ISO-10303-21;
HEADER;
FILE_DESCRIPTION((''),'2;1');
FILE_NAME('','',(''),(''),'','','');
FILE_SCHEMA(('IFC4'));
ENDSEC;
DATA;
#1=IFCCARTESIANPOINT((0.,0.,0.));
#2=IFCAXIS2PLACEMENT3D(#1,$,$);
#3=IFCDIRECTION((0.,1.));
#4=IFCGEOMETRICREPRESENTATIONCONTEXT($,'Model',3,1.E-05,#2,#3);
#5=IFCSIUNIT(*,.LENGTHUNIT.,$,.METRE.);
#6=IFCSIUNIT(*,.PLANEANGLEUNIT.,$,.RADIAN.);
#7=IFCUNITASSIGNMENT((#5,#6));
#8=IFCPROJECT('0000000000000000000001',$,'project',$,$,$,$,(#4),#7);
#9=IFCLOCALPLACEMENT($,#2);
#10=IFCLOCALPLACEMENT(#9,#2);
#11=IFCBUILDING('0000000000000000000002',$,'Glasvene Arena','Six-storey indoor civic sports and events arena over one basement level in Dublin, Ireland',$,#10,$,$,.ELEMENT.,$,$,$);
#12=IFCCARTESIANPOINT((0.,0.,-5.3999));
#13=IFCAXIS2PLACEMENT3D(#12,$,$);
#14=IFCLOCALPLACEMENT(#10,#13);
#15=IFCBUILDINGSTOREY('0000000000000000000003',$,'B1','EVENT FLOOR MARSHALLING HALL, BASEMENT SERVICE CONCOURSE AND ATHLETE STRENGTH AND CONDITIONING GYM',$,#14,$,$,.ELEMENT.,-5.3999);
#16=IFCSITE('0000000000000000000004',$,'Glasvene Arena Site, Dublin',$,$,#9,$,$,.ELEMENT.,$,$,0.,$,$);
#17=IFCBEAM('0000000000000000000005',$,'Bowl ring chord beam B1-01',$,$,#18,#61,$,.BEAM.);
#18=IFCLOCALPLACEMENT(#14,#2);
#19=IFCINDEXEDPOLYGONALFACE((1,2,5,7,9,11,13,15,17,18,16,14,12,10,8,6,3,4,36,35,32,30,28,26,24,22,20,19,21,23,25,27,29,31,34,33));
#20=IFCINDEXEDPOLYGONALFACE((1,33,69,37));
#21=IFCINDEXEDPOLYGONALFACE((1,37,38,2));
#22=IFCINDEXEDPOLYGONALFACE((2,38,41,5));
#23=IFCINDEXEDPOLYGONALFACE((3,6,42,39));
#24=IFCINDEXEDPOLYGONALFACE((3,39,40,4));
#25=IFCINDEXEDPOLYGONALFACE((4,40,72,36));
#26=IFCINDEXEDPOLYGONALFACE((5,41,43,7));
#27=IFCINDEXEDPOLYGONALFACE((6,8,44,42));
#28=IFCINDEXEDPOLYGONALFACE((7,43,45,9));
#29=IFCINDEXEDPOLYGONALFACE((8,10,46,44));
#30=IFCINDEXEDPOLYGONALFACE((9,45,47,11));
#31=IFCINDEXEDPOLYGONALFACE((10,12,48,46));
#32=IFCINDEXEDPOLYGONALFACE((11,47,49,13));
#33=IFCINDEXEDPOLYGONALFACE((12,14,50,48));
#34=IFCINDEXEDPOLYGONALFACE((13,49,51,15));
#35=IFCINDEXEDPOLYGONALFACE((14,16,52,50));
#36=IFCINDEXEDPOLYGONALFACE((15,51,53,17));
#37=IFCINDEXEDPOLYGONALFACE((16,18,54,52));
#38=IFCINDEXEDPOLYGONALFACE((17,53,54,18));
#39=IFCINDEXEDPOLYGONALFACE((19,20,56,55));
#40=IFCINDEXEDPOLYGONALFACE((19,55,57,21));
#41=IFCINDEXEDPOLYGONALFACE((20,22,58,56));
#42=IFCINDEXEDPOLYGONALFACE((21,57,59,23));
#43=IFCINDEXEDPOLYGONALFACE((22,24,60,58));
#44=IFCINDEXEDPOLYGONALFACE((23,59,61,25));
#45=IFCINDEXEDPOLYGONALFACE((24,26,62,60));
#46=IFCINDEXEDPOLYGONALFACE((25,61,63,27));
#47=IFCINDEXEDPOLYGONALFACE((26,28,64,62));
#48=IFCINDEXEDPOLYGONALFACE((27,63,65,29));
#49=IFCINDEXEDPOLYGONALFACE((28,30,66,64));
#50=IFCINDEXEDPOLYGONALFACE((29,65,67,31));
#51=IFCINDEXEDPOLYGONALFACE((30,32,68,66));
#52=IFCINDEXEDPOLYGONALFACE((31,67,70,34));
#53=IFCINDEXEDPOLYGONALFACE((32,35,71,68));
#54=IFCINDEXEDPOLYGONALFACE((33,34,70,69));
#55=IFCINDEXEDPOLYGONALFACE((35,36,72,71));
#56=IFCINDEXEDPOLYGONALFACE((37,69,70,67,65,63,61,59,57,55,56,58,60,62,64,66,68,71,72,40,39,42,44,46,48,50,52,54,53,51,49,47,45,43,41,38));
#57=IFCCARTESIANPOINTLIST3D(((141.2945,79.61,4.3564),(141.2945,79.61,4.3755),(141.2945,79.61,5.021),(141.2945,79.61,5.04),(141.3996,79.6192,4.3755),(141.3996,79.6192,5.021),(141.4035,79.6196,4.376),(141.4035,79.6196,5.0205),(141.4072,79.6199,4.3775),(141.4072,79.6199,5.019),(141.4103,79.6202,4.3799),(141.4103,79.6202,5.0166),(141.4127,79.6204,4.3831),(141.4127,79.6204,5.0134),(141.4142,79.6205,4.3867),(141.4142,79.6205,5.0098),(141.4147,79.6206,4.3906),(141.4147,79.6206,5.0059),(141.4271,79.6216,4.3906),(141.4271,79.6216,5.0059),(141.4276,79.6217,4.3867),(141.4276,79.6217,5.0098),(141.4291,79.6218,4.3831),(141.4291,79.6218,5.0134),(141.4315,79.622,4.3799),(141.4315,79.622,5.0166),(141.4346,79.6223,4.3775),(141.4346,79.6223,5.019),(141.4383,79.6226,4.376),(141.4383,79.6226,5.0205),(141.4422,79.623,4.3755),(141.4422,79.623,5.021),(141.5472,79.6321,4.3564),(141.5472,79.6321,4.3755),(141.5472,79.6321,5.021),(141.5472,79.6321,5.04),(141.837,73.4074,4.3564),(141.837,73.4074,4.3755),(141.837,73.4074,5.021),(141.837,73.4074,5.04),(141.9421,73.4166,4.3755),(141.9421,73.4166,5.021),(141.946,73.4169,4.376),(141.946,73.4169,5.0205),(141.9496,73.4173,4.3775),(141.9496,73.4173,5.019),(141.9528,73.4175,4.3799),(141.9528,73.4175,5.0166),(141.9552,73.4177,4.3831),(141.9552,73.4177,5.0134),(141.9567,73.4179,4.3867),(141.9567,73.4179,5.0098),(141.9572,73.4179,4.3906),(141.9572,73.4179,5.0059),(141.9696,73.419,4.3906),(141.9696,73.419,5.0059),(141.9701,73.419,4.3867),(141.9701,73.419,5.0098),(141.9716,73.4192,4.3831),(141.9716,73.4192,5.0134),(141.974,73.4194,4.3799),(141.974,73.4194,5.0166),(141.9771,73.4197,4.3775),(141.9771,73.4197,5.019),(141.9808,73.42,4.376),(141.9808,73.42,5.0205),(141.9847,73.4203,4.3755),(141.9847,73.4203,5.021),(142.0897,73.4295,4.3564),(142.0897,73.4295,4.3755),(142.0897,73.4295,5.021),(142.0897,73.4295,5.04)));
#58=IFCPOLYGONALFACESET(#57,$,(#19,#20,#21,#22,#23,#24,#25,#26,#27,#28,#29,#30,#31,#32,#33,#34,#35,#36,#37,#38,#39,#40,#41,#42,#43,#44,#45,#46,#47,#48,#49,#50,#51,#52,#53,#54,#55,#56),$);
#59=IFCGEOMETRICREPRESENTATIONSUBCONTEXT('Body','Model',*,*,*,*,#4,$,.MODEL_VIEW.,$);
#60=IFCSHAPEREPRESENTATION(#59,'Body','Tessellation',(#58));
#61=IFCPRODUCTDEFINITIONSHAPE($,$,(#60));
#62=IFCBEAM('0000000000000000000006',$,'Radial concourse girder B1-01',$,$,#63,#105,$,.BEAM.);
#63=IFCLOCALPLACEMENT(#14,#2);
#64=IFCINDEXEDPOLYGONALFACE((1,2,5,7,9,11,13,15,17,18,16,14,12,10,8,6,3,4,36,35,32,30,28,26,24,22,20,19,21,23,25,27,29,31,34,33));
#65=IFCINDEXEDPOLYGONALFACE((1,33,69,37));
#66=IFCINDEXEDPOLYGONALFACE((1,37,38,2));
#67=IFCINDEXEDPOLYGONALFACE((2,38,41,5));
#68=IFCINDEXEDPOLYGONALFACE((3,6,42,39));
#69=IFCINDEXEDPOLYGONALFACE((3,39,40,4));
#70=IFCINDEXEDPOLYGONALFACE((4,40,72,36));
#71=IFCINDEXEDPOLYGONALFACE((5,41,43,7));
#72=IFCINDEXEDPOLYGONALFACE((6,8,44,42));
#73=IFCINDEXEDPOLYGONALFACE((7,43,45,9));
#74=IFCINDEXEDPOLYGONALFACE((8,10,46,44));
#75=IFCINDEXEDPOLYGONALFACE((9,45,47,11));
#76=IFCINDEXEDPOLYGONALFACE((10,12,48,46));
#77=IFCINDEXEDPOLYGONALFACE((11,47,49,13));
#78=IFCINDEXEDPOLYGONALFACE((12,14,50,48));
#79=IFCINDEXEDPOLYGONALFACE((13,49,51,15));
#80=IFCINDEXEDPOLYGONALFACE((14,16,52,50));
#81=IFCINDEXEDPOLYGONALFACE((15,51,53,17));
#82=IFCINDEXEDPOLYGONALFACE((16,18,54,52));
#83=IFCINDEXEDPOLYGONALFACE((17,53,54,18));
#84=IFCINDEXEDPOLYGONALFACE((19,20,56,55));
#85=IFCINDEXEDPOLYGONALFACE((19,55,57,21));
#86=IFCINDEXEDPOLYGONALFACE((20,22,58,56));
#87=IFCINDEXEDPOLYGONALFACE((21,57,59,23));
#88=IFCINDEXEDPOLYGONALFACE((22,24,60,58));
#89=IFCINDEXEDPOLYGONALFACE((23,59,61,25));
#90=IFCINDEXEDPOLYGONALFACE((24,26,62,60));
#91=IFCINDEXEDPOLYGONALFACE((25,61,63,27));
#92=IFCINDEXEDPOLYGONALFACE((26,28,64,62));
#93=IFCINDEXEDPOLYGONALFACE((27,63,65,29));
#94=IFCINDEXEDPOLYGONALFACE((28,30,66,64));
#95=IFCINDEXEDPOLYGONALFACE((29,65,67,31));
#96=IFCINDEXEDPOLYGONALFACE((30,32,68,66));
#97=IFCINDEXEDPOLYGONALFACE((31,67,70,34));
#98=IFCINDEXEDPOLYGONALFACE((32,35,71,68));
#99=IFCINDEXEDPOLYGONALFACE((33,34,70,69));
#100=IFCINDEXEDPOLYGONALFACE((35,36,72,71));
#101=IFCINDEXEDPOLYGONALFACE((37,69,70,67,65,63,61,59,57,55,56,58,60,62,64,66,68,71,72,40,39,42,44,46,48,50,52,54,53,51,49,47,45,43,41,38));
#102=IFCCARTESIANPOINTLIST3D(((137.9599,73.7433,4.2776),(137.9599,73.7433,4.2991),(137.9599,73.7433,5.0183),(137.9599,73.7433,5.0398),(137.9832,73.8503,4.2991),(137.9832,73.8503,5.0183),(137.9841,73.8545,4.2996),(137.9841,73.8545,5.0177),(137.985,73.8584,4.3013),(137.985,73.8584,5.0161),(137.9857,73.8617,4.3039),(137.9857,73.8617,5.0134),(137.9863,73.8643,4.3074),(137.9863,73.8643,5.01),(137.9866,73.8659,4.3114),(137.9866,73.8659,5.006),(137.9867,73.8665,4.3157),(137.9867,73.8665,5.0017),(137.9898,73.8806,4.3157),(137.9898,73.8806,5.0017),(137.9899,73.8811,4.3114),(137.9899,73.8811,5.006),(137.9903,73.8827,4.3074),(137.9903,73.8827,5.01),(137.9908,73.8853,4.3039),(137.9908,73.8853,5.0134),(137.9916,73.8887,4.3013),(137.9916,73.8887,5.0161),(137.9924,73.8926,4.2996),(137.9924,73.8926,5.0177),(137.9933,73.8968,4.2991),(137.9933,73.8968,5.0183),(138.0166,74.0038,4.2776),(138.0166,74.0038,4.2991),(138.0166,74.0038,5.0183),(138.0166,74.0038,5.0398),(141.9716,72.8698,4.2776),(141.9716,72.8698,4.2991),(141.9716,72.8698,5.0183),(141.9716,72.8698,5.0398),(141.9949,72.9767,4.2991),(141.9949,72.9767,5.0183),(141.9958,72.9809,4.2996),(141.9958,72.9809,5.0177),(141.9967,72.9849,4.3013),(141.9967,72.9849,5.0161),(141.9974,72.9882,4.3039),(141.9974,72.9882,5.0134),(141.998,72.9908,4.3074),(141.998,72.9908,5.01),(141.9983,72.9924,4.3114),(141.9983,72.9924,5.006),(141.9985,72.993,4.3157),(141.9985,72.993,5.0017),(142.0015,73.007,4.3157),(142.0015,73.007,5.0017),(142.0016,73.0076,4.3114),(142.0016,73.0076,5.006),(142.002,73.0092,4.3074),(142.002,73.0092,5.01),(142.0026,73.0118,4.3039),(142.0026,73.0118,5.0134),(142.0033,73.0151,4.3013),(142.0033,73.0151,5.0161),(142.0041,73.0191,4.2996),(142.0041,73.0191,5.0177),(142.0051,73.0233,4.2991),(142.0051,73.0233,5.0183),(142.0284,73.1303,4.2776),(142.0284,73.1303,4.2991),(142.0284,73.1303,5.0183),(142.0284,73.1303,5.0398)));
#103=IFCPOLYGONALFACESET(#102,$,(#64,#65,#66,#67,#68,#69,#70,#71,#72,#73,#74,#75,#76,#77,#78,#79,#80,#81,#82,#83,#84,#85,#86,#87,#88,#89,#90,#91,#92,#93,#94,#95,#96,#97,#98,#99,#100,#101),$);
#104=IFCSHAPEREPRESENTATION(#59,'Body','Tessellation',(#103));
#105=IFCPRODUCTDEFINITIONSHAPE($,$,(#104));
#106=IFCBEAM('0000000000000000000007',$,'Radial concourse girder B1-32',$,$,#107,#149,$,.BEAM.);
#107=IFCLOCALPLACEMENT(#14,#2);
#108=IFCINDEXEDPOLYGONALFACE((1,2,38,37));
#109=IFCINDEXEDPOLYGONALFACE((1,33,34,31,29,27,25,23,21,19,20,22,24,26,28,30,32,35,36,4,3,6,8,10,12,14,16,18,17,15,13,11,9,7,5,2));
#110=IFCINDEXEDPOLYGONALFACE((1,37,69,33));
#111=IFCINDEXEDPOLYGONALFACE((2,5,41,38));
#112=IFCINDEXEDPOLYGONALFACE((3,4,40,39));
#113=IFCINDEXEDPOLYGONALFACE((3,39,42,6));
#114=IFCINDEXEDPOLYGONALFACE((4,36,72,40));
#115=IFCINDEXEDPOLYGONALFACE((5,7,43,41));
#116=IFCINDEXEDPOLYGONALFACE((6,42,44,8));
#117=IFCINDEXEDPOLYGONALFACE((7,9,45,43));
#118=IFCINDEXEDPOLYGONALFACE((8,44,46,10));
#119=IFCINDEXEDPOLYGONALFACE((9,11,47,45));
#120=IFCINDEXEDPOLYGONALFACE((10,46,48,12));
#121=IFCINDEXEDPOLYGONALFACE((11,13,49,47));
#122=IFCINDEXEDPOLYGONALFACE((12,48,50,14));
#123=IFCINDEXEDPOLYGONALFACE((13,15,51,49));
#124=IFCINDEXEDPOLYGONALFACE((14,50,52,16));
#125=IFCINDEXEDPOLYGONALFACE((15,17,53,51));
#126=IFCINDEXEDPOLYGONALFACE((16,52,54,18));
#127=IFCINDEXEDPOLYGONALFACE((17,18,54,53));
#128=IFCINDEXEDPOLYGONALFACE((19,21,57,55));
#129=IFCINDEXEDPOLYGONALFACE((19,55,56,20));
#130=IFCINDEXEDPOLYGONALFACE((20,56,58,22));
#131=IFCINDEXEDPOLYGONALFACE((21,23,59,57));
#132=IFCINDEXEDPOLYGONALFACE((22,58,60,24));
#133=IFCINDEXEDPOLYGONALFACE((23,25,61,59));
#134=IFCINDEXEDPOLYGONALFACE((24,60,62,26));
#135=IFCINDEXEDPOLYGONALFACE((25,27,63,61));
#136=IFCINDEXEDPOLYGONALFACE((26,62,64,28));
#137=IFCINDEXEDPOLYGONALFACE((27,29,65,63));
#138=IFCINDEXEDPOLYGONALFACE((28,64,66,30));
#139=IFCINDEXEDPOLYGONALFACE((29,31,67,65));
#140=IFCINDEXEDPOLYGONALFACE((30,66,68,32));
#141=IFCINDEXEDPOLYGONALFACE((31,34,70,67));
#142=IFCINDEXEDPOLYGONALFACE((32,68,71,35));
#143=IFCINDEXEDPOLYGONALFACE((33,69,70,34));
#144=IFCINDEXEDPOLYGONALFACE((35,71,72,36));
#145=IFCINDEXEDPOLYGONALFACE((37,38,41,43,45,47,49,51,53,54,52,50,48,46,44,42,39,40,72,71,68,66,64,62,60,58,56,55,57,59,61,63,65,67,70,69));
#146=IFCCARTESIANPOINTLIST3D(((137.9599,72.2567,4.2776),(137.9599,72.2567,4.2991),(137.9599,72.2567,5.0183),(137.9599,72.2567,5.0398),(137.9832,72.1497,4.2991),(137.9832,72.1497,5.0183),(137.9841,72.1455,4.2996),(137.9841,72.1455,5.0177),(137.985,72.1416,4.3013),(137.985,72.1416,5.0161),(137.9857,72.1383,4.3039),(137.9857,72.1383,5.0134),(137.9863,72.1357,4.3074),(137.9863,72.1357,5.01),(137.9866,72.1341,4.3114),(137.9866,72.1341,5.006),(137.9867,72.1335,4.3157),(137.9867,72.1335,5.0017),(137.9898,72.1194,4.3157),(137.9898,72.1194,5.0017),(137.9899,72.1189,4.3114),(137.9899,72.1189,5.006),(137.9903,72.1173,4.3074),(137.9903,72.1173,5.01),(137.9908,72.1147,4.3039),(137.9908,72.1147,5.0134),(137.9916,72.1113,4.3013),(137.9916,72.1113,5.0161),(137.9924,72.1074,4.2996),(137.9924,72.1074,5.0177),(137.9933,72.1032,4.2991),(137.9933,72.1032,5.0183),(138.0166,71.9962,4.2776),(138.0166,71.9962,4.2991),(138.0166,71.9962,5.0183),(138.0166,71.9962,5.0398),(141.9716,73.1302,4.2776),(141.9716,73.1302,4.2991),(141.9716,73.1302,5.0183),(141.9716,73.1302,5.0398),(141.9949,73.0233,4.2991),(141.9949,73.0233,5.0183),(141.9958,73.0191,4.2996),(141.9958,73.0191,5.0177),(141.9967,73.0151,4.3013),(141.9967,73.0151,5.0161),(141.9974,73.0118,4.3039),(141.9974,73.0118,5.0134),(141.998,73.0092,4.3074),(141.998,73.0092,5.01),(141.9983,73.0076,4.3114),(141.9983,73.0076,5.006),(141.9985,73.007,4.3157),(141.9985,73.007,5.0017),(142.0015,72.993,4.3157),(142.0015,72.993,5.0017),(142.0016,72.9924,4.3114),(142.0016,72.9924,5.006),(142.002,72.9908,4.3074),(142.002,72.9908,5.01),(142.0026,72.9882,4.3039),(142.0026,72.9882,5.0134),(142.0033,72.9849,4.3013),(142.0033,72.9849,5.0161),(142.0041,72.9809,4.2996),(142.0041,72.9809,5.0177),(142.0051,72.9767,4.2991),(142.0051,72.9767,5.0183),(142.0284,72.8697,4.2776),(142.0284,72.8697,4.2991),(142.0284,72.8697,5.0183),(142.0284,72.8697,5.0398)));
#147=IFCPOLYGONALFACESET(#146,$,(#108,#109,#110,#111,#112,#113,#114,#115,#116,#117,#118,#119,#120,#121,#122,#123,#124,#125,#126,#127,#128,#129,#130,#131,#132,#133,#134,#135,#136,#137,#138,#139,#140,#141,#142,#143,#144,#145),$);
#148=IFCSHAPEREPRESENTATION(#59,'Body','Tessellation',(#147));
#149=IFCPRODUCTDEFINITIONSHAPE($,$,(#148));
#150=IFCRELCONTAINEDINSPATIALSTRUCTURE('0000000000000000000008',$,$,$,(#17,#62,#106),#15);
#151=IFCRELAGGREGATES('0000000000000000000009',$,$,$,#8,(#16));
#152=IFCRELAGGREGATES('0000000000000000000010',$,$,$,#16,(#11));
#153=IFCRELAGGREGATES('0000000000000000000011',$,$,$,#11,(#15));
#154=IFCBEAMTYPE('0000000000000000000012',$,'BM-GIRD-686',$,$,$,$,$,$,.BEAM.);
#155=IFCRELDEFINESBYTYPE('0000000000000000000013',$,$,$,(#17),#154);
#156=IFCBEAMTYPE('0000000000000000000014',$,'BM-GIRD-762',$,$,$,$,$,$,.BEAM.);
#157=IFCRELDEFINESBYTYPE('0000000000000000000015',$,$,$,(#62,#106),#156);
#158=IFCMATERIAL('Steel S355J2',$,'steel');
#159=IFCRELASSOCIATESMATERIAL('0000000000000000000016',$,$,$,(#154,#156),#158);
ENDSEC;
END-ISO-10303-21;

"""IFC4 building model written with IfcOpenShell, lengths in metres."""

from ifc_helpers import new_model, si_unit, direction, frame, origin, origin_2d, place, context, subcontext, project, spatial, i_section, extrude, material, material_profile, profile_set, type_object, element, save


model = new_model("IFC4")

# Units and contexts
model_context = context("Model", 3, precision=1e-05, world=origin(), true_north=direction((0.0, 1.0)))
body_context = subcontext(model_context, "Body", "Model", "MODEL_VIEW")
ifc_project = project(units=[si_unit("LENGTHUNIT", "METRE"), si_unit("PLANEANGLEUNIT", "RADIAN")], contexts=[model_context])

# Site, building, storey
site_placement = place(None, origin())
site = spatial("IfcSite", under=ifc_project, at=site_placement, Name="Glasvene Arena Site, Dublin", CompositionType="ELEMENT", RefElevation=0.0)
building_placement = place(site_placement, origin())
building = spatial("IfcBuilding", under=site, at=building_placement, Name="Glasvene Arena", Description="Six-storey indoor civic sports and events arena over one basement level in Dublin, Ireland", CompositionType="ELEMENT")
storey_placement = place(building_placement, frame((0.0, 0.0, -5.3999)))
storey = spatial("IfcBuildingStorey", under=building, at=storey_placement, Name="B1", Description="EVENT FLOOR MARSHALLING HALL, BASEMENT SERVICE CONCOURSE AND ATHLETE STRENGTH AND CONDITIONING GYM", CompositionType="ELEMENT", Elevation=-5.3999)

# Shared definitions
ifc_material_1 = material(Name="Steel S355J2", Category="steel")

# Beams
ifc_material_profile_1 = material_profile(ifc_material_1, i_section(OverallWidth=0.2537, OverallDepth=0.6836, WebThickness=0.0125, FlangeThickness=0.019, FilletRadius=0.0151, at=origin_2d()), Name="UKB 686x254x140")
ifc_profile_set_1 = profile_set([ifc_material_profile_1], Name="Steel S355J2")
beam_type_1 = type_object("IfcBeamType", Name="BM-GIRD-686", PredefinedType="BEAM", material=ifc_profile_set_1)
beam_1_placement = place(storey_placement, frame((141.9634, 73.4185, 4.6982), z_axis=(-0.087127, 0.996197, 0.0), x_axis=(-0.996197, -0.087127, 0.0)))
element("IfcBeam", 1, at=beam_1_placement, inside=storey, type_object=beam_type_1, Name="Bowl ring chord beam B1-01", PredefinedType="BEAM", context=body_context, shape_type="SweptSolid", body=[
    extrude(i_section(OverallWidth=0.2537, OverallDepth=0.6836, WebThickness=0.0125, FlangeThickness=0.019, FilletRadius=0.0151, at=origin_2d()), origin(), (0.0, 0.0, 1.0), 6.2263),
])
ifc_material_profile_2 = material_profile(ifc_material_1, i_section(OverallWidth=0.2666, OverallDepth=0.7622, WebThickness=0.0144, FlangeThickness=0.0215, FilletRadius=0.0166, at=origin_2d()), Name="UKB 762x267x173")
ifc_profile_set_2 = profile_set([ifc_material_profile_2], Name="Steel S355J2")
beam_type_2 = type_object("IfcBeamType", Name="BM-GIRD-762", PredefinedType="BEAM", material=ifc_profile_set_2)
for number, where, z_axis, x_axis, name in (
    (2, (137.9883, 73.8735, 4.6587), (0.977104, -0.21276, 0.0), (0.21276, 0.977104, 0.0), "Radial concourse girder B1-01"),
    (3, (137.9883, 72.1265, 4.6587), (0.977104, 0.21276, 0.0), (-0.21276, 0.977104, 0.0), "Radial concourse girder B1-32"),
):
    element("IfcBeam", number, at=place(storey_placement, frame(where, z_axis=z_axis, x_axis=x_axis)), inside=storey, type_object=beam_type_2, Name=name, PredefinedType="BEAM", context=body_context, shape_type="SweptSolid", body=[
        extrude(i_section(OverallWidth=0.2666, OverallDepth=0.7622, WebThickness=0.0144, FlangeThickness=0.0215, FilletRadius=0.0166, at=origin_2d()), origin(), (0.0, 0.0, 1.0), 4.1057),
    ])

save(model, "model.ifc")
